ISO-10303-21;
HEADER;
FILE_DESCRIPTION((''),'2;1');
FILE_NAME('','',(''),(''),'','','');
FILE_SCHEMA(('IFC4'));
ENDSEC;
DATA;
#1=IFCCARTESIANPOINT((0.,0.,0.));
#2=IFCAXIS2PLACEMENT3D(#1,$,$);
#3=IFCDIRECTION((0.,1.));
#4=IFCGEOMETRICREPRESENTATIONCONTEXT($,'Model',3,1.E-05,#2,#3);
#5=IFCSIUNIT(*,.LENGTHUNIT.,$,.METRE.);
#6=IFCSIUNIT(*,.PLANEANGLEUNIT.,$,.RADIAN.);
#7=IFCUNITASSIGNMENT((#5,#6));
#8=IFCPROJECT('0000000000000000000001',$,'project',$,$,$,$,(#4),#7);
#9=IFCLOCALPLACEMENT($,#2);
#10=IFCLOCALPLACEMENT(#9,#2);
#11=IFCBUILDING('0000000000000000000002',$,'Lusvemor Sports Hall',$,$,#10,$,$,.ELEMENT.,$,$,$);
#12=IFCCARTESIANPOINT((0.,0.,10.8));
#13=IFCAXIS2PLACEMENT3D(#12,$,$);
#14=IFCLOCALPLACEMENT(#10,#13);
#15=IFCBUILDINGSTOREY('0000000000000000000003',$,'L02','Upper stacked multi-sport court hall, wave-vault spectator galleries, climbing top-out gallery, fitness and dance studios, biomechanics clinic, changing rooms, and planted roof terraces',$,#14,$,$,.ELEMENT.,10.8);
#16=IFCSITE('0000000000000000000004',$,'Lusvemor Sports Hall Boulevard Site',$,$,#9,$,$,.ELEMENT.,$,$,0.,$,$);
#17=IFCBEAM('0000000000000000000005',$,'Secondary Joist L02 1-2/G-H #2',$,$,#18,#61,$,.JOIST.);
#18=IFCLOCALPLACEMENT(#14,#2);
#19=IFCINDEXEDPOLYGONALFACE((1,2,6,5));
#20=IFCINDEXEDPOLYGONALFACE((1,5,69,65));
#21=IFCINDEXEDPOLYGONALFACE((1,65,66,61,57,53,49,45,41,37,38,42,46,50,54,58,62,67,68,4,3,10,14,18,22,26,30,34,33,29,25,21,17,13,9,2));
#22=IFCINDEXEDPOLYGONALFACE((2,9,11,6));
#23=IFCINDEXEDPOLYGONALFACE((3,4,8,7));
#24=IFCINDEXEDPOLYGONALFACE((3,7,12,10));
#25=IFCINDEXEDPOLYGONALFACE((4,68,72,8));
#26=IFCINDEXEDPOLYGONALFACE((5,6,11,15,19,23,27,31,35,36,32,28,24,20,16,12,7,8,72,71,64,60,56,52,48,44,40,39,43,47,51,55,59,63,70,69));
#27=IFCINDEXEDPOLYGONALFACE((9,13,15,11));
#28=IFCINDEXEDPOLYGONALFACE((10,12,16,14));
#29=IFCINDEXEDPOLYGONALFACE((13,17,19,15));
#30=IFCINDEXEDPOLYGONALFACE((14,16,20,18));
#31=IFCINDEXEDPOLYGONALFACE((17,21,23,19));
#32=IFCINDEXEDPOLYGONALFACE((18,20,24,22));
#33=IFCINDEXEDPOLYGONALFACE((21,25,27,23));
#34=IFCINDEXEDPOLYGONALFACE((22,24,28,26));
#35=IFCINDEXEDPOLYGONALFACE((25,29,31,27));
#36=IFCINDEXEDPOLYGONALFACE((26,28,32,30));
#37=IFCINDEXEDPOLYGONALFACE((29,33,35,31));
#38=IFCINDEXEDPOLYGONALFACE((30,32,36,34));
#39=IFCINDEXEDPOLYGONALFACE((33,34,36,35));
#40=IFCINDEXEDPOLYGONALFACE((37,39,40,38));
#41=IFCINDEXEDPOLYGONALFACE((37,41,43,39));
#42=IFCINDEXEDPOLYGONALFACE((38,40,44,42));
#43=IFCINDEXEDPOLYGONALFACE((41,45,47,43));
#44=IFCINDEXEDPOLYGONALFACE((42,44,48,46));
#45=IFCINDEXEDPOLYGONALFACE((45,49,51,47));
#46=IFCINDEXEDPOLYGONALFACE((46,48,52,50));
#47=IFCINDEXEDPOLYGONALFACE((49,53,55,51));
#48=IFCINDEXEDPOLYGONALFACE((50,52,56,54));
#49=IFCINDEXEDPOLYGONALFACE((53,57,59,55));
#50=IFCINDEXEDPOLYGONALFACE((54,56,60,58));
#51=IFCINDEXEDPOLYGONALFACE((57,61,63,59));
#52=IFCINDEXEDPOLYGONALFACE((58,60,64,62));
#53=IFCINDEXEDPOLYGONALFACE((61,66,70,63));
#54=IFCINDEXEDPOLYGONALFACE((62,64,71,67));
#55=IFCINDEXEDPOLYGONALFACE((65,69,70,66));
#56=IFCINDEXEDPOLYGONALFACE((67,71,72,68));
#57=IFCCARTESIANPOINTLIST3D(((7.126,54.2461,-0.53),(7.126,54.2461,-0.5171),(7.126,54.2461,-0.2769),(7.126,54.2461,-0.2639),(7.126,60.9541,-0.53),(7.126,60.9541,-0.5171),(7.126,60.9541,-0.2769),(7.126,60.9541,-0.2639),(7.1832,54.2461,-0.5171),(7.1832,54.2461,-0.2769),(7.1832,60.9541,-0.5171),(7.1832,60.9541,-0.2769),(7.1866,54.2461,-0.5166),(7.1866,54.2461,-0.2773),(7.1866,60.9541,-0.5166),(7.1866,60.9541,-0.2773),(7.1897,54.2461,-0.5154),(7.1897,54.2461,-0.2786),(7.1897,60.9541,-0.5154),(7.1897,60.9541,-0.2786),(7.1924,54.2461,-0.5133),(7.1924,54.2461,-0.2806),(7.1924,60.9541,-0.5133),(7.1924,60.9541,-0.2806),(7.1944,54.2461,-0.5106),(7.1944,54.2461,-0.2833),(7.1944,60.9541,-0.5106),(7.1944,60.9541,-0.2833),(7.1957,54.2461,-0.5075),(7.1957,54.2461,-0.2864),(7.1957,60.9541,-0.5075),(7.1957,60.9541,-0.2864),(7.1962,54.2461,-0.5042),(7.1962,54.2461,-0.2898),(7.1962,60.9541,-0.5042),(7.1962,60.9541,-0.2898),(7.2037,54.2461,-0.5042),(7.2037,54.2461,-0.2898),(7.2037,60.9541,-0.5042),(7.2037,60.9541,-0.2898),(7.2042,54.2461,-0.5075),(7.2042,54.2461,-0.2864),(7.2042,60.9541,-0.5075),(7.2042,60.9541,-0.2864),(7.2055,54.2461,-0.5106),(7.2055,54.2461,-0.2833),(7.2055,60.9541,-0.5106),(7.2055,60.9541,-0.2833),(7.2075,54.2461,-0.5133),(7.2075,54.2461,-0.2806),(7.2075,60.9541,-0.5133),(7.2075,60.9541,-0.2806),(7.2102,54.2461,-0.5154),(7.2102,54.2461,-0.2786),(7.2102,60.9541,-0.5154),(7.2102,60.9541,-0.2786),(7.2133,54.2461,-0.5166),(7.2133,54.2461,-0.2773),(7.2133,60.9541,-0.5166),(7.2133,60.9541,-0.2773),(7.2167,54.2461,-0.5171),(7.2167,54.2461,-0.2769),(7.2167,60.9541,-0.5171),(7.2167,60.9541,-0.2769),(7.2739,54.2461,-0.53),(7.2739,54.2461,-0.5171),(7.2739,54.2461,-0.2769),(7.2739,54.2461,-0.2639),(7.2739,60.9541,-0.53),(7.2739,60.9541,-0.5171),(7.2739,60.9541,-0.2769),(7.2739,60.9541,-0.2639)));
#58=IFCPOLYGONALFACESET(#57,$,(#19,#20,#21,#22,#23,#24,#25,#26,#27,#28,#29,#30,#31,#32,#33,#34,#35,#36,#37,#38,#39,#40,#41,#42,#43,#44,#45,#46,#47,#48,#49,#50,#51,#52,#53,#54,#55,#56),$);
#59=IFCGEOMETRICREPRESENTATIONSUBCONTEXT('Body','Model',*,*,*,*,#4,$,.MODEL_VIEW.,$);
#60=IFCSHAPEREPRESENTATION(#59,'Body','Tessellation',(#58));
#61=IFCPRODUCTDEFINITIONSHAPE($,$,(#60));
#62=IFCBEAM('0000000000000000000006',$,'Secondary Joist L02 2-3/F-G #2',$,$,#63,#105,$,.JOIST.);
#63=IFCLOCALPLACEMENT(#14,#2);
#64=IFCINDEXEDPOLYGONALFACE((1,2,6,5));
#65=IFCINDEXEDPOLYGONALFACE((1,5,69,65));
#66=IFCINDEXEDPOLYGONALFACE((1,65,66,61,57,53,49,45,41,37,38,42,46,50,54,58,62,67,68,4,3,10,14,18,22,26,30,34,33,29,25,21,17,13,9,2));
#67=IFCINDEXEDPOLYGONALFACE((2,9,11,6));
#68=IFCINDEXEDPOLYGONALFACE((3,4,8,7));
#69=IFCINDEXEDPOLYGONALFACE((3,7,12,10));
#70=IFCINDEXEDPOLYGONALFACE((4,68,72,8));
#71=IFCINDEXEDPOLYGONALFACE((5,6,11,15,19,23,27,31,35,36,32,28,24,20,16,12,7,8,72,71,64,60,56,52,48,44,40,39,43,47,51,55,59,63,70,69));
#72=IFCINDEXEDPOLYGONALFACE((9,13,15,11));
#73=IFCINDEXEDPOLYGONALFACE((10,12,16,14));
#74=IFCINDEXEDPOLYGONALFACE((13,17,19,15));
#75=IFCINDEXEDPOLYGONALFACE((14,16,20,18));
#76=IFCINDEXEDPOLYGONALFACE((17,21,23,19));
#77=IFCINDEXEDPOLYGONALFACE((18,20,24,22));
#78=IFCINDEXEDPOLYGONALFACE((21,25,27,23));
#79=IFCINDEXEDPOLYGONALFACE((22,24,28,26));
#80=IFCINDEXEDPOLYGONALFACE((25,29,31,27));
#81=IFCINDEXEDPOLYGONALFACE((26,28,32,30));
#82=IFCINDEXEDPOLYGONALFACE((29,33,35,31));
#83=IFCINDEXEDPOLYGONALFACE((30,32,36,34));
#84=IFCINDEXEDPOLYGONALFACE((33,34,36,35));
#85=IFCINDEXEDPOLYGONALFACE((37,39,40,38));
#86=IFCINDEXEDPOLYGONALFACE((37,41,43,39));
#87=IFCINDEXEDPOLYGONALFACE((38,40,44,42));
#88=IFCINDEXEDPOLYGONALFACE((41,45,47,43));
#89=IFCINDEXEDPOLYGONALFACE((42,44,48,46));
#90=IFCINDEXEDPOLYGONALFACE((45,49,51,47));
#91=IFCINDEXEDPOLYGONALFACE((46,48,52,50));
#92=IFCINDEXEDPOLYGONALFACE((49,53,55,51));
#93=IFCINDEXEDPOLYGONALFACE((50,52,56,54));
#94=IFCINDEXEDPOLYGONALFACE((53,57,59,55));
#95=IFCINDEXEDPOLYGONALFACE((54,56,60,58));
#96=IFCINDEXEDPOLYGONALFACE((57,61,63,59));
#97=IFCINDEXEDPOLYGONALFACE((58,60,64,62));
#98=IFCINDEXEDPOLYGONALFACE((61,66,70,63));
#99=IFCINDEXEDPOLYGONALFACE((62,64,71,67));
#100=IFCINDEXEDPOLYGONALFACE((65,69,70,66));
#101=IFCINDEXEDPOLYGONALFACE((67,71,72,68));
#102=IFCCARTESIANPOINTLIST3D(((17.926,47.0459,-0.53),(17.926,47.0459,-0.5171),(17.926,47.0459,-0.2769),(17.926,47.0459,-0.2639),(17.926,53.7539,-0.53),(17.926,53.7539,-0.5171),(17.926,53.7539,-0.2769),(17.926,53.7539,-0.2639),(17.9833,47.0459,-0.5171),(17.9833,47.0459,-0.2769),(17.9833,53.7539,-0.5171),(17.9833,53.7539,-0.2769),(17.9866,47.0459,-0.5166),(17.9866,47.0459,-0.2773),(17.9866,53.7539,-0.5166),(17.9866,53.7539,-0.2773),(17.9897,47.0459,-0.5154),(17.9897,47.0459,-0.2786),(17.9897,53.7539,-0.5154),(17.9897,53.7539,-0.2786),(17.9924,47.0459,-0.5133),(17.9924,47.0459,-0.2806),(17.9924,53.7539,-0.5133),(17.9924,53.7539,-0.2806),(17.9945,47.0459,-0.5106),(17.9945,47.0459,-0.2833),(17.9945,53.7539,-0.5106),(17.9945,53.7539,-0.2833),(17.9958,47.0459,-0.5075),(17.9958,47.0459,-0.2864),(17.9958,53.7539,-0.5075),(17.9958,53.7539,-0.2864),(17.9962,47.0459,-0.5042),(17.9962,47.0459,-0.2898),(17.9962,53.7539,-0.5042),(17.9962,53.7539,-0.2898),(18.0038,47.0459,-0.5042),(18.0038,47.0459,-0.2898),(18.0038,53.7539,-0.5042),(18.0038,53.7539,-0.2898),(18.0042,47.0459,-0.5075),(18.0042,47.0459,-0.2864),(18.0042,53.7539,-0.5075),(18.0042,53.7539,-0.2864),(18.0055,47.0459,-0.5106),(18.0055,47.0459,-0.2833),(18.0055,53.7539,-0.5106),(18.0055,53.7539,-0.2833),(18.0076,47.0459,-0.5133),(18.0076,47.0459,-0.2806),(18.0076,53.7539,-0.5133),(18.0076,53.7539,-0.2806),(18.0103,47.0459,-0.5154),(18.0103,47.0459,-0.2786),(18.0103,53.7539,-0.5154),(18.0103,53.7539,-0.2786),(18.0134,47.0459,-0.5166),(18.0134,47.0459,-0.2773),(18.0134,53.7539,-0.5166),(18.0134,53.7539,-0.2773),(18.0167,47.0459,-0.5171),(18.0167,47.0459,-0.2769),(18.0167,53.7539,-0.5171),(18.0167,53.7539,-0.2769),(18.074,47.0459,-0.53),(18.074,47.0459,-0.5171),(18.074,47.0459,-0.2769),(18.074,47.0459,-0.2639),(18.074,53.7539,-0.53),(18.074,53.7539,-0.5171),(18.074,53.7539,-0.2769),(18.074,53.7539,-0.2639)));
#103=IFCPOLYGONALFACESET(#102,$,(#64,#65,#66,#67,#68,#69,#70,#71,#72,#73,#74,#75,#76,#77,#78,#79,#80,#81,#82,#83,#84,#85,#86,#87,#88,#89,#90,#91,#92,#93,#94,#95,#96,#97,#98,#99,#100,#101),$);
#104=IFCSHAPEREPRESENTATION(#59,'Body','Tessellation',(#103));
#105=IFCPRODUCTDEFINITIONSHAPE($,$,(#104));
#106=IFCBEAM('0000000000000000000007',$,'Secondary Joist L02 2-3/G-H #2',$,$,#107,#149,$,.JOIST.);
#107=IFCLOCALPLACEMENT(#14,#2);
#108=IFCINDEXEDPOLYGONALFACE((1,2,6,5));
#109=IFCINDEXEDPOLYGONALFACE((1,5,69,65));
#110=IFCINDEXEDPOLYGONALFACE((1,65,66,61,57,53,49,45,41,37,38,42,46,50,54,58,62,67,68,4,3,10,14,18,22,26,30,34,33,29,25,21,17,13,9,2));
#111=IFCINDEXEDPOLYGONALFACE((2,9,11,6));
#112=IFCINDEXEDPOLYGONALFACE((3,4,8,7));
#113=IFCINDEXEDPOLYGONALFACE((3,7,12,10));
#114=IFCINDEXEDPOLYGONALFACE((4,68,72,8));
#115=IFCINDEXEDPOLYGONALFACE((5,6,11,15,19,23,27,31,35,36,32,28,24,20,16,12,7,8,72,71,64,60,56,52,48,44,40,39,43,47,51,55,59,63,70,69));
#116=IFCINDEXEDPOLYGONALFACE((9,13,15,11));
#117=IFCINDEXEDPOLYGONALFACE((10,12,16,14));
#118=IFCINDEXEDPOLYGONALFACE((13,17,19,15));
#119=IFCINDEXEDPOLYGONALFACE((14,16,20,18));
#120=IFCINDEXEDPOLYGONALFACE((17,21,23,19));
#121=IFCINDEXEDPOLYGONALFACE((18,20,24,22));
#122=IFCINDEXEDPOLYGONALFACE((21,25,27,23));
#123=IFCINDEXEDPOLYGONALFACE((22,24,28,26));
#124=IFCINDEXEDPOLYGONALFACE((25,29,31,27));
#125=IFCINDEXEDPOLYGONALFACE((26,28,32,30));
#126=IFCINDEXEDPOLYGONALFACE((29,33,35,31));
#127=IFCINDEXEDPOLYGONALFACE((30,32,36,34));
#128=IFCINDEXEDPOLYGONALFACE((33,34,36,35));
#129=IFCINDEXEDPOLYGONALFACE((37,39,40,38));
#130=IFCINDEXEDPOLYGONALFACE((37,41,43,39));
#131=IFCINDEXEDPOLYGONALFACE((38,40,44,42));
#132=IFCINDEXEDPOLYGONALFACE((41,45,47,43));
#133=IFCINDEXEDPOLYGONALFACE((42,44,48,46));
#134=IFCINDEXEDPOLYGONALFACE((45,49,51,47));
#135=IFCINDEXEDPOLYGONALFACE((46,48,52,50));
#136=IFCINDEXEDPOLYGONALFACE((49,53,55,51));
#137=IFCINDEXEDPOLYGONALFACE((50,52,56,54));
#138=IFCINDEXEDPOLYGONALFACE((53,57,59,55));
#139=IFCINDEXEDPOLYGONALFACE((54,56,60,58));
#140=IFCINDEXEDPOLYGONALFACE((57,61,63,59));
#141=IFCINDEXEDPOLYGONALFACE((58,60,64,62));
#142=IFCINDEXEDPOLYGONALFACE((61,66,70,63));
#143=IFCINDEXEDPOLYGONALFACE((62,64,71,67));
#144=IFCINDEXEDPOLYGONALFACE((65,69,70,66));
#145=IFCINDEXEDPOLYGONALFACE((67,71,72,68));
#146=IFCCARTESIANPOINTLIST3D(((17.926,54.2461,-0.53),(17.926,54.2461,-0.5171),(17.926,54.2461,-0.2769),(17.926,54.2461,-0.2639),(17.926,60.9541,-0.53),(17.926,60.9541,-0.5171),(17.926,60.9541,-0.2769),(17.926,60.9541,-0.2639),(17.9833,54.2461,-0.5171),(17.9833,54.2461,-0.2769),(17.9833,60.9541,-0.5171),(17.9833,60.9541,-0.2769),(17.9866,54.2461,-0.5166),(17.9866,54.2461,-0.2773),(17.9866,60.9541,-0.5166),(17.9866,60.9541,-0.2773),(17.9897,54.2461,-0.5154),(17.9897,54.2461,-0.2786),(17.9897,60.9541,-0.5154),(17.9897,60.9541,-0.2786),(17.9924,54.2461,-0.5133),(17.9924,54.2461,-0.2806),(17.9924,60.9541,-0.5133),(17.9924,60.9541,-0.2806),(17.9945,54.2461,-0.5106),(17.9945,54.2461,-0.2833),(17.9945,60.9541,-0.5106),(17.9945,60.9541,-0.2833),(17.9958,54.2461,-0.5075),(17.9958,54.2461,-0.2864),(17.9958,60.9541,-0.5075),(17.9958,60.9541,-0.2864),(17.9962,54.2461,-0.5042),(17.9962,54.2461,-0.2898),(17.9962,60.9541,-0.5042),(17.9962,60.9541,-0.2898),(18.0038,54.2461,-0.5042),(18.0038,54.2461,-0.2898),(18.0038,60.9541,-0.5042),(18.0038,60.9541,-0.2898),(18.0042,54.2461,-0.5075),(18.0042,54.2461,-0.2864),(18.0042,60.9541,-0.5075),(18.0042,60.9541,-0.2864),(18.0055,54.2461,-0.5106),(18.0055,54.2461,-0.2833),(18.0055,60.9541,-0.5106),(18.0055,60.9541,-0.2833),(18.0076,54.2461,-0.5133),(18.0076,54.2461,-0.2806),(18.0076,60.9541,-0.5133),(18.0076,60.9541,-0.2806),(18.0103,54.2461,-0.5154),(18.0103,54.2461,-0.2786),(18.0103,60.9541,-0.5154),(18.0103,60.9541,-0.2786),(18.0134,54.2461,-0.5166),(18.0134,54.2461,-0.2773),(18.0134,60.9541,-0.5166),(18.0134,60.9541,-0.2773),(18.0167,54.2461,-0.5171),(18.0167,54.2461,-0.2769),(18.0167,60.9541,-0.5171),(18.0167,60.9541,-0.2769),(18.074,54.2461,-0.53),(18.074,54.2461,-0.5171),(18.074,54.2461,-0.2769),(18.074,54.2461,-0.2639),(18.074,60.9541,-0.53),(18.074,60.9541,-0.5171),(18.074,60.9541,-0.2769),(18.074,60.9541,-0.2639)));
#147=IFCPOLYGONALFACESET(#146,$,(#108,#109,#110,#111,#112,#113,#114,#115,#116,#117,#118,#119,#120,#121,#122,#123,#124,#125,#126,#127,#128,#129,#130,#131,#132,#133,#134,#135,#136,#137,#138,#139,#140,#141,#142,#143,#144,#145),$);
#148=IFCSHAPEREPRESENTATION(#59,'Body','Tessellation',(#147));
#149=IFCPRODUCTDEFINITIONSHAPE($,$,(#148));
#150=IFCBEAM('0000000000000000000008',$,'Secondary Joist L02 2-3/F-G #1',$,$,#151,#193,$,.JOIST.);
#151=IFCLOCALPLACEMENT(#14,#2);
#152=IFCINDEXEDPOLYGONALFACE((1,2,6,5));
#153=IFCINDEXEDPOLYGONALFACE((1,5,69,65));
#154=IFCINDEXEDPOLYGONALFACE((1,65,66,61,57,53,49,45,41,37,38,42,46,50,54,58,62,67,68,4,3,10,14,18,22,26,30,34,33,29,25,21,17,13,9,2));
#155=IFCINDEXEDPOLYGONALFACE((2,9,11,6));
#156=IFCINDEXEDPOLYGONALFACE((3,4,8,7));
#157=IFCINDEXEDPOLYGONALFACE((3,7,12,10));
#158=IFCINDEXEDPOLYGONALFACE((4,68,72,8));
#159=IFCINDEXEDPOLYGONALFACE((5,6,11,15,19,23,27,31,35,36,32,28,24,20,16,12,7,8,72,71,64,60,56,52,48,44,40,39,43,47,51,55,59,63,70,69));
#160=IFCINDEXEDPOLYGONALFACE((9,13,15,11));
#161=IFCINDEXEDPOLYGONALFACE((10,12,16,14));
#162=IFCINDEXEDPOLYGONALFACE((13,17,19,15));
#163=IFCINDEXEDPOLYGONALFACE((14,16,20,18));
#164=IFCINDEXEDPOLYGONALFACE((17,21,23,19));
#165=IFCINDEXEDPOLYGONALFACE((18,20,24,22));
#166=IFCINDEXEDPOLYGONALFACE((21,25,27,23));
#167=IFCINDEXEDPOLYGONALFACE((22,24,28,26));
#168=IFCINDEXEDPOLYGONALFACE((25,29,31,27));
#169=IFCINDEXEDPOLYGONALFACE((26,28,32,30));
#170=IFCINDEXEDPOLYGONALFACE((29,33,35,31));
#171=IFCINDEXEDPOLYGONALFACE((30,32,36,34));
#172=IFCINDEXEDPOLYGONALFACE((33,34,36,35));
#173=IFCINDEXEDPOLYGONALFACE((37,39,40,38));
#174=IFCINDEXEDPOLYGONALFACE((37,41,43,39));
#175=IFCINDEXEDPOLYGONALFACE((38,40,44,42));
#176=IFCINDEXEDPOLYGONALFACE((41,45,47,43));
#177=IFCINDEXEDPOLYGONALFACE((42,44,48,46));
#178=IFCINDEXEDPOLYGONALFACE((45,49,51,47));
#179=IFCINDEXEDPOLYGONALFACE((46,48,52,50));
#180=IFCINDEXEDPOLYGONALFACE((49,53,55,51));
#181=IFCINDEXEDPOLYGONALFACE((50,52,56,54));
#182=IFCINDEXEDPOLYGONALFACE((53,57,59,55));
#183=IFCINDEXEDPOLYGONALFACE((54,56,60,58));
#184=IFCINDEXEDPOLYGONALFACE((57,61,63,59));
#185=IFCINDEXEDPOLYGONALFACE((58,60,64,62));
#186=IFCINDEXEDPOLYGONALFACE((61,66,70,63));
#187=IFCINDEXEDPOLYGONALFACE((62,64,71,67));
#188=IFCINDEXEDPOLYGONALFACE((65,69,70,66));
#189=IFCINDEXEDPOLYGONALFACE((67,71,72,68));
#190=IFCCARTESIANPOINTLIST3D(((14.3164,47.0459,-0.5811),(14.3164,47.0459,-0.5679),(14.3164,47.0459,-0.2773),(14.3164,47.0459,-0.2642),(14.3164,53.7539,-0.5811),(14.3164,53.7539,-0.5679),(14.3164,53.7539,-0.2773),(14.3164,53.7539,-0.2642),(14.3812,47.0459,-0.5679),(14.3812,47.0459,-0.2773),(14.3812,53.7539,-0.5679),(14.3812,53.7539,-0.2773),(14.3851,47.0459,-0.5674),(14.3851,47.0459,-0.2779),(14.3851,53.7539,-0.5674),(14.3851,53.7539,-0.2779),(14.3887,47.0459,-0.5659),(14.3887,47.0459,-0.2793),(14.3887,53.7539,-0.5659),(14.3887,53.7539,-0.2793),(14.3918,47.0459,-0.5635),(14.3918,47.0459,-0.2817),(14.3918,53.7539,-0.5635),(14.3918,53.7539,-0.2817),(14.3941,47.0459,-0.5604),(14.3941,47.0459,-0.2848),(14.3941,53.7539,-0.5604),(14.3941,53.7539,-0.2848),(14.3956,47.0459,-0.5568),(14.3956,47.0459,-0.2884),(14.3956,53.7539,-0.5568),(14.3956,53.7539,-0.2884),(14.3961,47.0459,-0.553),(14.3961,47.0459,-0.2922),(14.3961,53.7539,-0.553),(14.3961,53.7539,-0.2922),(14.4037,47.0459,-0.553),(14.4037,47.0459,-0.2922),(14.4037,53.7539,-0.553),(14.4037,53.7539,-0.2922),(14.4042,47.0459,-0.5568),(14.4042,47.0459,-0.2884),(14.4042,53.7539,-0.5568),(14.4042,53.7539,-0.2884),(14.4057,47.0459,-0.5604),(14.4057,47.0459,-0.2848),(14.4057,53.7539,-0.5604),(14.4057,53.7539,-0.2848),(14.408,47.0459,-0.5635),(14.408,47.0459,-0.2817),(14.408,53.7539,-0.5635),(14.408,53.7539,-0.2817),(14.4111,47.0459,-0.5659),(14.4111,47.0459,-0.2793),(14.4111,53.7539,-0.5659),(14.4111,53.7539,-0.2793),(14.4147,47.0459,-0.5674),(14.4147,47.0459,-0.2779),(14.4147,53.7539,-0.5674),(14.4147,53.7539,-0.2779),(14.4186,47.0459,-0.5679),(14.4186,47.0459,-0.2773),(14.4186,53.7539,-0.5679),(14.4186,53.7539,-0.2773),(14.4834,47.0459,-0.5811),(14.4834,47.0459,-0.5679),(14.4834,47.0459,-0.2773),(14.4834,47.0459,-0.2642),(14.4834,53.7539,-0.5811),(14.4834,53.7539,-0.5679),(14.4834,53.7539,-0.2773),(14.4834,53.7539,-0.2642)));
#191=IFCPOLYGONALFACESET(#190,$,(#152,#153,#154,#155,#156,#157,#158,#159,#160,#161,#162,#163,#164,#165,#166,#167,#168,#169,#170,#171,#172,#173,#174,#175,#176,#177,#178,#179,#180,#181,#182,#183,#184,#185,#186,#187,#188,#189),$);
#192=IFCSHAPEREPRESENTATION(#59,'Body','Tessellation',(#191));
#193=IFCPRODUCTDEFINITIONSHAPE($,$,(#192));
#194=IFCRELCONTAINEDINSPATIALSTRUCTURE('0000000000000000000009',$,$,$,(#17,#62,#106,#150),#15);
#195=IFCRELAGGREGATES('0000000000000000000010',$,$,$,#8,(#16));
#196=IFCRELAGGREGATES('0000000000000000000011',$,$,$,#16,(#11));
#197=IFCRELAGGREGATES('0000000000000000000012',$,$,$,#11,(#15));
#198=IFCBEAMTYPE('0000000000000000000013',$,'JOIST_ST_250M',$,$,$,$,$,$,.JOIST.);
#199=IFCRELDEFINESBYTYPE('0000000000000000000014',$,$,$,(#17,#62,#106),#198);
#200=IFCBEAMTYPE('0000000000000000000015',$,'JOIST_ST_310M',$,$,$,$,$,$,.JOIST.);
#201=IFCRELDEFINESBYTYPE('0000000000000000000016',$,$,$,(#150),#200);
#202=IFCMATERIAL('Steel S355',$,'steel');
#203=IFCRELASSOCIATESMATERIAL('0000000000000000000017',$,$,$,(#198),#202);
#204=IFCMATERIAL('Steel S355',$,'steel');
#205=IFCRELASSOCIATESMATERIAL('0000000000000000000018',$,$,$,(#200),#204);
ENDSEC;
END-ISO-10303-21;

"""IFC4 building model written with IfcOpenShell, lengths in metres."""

from ifc_helpers import new_model, si_unit, direction, frame, origin, origin_2d, place, context, subcontext, project, spatial, i_section, extrude, material, material_profile, profile_set, type_object, element, save


model = new_model("IFC4")

# Units and contexts
model_context = context("Model", 3, precision=1e-05, world=origin(), true_north=direction((0.0, 1.0)))
body_context = subcontext(model_context, "Body", "Model", "MODEL_VIEW")
ifc_project = project(units=[si_unit("LENGTHUNIT", "METRE"), si_unit("PLANEANGLEUNIT", "RADIAN")], contexts=[model_context])

# Site, building, storey
site_placement = place(None, origin())
site = spatial("IfcSite", under=ifc_project, at=site_placement, Name="Lusvemor Sports Hall Boulevard Site", CompositionType="ELEMENT", RefElevation=0.0)
building_placement = place(site_placement, origin())
building = spatial("IfcBuilding", under=site, at=building_placement, Name="Lusvemor Sports Hall", CompositionType="ELEMENT")
storey_placement = place(building_placement, frame((0.0, 0.0, 10.8)))
storey = spatial("IfcBuildingStorey", under=building, at=storey_placement, Name="L02", Description="Upper stacked multi-sport court hall, wave-vault spectator galleries, climbing top-out gallery, fitness and dance studios, biomechanics clinic, changing rooms, and planted roof terraces", CompositionType="ELEMENT", Elevation=10.8)

# Beams
ifc_material_1 = material(Name="Steel S355", Category="steel")
ifc_material_profile_1 = material_profile(ifc_material_1, i_section(OverallWidth=0.1479, OverallDepth=0.2661, WebThickness=0.0076, FlangeThickness=0.0129, FilletRadius=0.0129, at=origin_2d()), Name="W250x44.8")
ifc_profile_set_1 = profile_set([ifc_material_profile_1], Name="Steel S355")
beam_type_1 = type_object("IfcBeamType", Name="JOIST_ST_250M", PredefinedType="JOIST", material=ifc_profile_set_1)
for number, where, z_axis, x_axis, name in (
    (1, (7.2, 54.2461, -0.397), (0.0, 1.0, 0.0), (-1.0, 0.0, 0.0), "Secondary Joist L02 1-2/G-H #2"),
    (2, (18.0, 47.0459, -0.397), (0.0, 1.0, 0.0), (-1.0, 0.0, 0.0), "Secondary Joist L02 2-3/F-G #2"),
    (3, (18.0, 54.2461, -0.397), (0.0, 1.0, 0.0), (-1.0, 0.0, 0.0), "Secondary Joist L02 2-3/G-H #2"),
):
    element("IfcBeam", number, at=place(storey_placement, frame(where, z_axis=z_axis, x_axis=x_axis)), inside=storey, type_object=beam_type_1, Name=name, PredefinedType="JOIST", context=body_context, shape_type="SweptSolid", body=[
        extrude(i_section(OverallWidth=0.1479, OverallDepth=0.2661, WebThickness=0.0076, FlangeThickness=0.0129, FilletRadius=0.0129, at=origin_2d()), origin(), (0.0, 0.0, 1.0), 6.708),
    ])
ifc_material_2 = material(Name="Steel S355", Category="steel")
ifc_material_profile_2 = material_profile(ifc_material_2, i_section(OverallWidth=0.167, OverallDepth=0.3169, WebThickness=0.0076, FlangeThickness=0.0132, FilletRadius=0.0149, at=origin_2d()), Name="W310x52.0")
ifc_profile_set_2 = profile_set([ifc_material_profile_2], Name="Steel S355")
beam_type_2 = type_object("IfcBeamType", Name="JOIST_ST_310M", PredefinedType="JOIST", material=ifc_profile_set_2)
for number, where, z_axis, x_axis, name in (
    (4, (14.3999, 47.0459, -0.4226), (0.0, 1.0, 0.0), (-1.0, 0.0, 0.0), "Secondary Joist L02 2-3/F-G #1"),
):
    element("IfcBeam", number, at=place(storey_placement, frame(where, z_axis=z_axis, x_axis=x_axis)), inside=storey, type_object=beam_type_2, Name=name, PredefinedType="JOIST", context=body_context, shape_type="SweptSolid", body=[
        extrude(i_section(OverallWidth=0.167, OverallDepth=0.3169, WebThickness=0.0076, FlangeThickness=0.0132, FilletRadius=0.0149, at=origin_2d()), origin(), (0.0, 0.0, 1.0), 6.708),
    ])

save(model, "model.ifc")
